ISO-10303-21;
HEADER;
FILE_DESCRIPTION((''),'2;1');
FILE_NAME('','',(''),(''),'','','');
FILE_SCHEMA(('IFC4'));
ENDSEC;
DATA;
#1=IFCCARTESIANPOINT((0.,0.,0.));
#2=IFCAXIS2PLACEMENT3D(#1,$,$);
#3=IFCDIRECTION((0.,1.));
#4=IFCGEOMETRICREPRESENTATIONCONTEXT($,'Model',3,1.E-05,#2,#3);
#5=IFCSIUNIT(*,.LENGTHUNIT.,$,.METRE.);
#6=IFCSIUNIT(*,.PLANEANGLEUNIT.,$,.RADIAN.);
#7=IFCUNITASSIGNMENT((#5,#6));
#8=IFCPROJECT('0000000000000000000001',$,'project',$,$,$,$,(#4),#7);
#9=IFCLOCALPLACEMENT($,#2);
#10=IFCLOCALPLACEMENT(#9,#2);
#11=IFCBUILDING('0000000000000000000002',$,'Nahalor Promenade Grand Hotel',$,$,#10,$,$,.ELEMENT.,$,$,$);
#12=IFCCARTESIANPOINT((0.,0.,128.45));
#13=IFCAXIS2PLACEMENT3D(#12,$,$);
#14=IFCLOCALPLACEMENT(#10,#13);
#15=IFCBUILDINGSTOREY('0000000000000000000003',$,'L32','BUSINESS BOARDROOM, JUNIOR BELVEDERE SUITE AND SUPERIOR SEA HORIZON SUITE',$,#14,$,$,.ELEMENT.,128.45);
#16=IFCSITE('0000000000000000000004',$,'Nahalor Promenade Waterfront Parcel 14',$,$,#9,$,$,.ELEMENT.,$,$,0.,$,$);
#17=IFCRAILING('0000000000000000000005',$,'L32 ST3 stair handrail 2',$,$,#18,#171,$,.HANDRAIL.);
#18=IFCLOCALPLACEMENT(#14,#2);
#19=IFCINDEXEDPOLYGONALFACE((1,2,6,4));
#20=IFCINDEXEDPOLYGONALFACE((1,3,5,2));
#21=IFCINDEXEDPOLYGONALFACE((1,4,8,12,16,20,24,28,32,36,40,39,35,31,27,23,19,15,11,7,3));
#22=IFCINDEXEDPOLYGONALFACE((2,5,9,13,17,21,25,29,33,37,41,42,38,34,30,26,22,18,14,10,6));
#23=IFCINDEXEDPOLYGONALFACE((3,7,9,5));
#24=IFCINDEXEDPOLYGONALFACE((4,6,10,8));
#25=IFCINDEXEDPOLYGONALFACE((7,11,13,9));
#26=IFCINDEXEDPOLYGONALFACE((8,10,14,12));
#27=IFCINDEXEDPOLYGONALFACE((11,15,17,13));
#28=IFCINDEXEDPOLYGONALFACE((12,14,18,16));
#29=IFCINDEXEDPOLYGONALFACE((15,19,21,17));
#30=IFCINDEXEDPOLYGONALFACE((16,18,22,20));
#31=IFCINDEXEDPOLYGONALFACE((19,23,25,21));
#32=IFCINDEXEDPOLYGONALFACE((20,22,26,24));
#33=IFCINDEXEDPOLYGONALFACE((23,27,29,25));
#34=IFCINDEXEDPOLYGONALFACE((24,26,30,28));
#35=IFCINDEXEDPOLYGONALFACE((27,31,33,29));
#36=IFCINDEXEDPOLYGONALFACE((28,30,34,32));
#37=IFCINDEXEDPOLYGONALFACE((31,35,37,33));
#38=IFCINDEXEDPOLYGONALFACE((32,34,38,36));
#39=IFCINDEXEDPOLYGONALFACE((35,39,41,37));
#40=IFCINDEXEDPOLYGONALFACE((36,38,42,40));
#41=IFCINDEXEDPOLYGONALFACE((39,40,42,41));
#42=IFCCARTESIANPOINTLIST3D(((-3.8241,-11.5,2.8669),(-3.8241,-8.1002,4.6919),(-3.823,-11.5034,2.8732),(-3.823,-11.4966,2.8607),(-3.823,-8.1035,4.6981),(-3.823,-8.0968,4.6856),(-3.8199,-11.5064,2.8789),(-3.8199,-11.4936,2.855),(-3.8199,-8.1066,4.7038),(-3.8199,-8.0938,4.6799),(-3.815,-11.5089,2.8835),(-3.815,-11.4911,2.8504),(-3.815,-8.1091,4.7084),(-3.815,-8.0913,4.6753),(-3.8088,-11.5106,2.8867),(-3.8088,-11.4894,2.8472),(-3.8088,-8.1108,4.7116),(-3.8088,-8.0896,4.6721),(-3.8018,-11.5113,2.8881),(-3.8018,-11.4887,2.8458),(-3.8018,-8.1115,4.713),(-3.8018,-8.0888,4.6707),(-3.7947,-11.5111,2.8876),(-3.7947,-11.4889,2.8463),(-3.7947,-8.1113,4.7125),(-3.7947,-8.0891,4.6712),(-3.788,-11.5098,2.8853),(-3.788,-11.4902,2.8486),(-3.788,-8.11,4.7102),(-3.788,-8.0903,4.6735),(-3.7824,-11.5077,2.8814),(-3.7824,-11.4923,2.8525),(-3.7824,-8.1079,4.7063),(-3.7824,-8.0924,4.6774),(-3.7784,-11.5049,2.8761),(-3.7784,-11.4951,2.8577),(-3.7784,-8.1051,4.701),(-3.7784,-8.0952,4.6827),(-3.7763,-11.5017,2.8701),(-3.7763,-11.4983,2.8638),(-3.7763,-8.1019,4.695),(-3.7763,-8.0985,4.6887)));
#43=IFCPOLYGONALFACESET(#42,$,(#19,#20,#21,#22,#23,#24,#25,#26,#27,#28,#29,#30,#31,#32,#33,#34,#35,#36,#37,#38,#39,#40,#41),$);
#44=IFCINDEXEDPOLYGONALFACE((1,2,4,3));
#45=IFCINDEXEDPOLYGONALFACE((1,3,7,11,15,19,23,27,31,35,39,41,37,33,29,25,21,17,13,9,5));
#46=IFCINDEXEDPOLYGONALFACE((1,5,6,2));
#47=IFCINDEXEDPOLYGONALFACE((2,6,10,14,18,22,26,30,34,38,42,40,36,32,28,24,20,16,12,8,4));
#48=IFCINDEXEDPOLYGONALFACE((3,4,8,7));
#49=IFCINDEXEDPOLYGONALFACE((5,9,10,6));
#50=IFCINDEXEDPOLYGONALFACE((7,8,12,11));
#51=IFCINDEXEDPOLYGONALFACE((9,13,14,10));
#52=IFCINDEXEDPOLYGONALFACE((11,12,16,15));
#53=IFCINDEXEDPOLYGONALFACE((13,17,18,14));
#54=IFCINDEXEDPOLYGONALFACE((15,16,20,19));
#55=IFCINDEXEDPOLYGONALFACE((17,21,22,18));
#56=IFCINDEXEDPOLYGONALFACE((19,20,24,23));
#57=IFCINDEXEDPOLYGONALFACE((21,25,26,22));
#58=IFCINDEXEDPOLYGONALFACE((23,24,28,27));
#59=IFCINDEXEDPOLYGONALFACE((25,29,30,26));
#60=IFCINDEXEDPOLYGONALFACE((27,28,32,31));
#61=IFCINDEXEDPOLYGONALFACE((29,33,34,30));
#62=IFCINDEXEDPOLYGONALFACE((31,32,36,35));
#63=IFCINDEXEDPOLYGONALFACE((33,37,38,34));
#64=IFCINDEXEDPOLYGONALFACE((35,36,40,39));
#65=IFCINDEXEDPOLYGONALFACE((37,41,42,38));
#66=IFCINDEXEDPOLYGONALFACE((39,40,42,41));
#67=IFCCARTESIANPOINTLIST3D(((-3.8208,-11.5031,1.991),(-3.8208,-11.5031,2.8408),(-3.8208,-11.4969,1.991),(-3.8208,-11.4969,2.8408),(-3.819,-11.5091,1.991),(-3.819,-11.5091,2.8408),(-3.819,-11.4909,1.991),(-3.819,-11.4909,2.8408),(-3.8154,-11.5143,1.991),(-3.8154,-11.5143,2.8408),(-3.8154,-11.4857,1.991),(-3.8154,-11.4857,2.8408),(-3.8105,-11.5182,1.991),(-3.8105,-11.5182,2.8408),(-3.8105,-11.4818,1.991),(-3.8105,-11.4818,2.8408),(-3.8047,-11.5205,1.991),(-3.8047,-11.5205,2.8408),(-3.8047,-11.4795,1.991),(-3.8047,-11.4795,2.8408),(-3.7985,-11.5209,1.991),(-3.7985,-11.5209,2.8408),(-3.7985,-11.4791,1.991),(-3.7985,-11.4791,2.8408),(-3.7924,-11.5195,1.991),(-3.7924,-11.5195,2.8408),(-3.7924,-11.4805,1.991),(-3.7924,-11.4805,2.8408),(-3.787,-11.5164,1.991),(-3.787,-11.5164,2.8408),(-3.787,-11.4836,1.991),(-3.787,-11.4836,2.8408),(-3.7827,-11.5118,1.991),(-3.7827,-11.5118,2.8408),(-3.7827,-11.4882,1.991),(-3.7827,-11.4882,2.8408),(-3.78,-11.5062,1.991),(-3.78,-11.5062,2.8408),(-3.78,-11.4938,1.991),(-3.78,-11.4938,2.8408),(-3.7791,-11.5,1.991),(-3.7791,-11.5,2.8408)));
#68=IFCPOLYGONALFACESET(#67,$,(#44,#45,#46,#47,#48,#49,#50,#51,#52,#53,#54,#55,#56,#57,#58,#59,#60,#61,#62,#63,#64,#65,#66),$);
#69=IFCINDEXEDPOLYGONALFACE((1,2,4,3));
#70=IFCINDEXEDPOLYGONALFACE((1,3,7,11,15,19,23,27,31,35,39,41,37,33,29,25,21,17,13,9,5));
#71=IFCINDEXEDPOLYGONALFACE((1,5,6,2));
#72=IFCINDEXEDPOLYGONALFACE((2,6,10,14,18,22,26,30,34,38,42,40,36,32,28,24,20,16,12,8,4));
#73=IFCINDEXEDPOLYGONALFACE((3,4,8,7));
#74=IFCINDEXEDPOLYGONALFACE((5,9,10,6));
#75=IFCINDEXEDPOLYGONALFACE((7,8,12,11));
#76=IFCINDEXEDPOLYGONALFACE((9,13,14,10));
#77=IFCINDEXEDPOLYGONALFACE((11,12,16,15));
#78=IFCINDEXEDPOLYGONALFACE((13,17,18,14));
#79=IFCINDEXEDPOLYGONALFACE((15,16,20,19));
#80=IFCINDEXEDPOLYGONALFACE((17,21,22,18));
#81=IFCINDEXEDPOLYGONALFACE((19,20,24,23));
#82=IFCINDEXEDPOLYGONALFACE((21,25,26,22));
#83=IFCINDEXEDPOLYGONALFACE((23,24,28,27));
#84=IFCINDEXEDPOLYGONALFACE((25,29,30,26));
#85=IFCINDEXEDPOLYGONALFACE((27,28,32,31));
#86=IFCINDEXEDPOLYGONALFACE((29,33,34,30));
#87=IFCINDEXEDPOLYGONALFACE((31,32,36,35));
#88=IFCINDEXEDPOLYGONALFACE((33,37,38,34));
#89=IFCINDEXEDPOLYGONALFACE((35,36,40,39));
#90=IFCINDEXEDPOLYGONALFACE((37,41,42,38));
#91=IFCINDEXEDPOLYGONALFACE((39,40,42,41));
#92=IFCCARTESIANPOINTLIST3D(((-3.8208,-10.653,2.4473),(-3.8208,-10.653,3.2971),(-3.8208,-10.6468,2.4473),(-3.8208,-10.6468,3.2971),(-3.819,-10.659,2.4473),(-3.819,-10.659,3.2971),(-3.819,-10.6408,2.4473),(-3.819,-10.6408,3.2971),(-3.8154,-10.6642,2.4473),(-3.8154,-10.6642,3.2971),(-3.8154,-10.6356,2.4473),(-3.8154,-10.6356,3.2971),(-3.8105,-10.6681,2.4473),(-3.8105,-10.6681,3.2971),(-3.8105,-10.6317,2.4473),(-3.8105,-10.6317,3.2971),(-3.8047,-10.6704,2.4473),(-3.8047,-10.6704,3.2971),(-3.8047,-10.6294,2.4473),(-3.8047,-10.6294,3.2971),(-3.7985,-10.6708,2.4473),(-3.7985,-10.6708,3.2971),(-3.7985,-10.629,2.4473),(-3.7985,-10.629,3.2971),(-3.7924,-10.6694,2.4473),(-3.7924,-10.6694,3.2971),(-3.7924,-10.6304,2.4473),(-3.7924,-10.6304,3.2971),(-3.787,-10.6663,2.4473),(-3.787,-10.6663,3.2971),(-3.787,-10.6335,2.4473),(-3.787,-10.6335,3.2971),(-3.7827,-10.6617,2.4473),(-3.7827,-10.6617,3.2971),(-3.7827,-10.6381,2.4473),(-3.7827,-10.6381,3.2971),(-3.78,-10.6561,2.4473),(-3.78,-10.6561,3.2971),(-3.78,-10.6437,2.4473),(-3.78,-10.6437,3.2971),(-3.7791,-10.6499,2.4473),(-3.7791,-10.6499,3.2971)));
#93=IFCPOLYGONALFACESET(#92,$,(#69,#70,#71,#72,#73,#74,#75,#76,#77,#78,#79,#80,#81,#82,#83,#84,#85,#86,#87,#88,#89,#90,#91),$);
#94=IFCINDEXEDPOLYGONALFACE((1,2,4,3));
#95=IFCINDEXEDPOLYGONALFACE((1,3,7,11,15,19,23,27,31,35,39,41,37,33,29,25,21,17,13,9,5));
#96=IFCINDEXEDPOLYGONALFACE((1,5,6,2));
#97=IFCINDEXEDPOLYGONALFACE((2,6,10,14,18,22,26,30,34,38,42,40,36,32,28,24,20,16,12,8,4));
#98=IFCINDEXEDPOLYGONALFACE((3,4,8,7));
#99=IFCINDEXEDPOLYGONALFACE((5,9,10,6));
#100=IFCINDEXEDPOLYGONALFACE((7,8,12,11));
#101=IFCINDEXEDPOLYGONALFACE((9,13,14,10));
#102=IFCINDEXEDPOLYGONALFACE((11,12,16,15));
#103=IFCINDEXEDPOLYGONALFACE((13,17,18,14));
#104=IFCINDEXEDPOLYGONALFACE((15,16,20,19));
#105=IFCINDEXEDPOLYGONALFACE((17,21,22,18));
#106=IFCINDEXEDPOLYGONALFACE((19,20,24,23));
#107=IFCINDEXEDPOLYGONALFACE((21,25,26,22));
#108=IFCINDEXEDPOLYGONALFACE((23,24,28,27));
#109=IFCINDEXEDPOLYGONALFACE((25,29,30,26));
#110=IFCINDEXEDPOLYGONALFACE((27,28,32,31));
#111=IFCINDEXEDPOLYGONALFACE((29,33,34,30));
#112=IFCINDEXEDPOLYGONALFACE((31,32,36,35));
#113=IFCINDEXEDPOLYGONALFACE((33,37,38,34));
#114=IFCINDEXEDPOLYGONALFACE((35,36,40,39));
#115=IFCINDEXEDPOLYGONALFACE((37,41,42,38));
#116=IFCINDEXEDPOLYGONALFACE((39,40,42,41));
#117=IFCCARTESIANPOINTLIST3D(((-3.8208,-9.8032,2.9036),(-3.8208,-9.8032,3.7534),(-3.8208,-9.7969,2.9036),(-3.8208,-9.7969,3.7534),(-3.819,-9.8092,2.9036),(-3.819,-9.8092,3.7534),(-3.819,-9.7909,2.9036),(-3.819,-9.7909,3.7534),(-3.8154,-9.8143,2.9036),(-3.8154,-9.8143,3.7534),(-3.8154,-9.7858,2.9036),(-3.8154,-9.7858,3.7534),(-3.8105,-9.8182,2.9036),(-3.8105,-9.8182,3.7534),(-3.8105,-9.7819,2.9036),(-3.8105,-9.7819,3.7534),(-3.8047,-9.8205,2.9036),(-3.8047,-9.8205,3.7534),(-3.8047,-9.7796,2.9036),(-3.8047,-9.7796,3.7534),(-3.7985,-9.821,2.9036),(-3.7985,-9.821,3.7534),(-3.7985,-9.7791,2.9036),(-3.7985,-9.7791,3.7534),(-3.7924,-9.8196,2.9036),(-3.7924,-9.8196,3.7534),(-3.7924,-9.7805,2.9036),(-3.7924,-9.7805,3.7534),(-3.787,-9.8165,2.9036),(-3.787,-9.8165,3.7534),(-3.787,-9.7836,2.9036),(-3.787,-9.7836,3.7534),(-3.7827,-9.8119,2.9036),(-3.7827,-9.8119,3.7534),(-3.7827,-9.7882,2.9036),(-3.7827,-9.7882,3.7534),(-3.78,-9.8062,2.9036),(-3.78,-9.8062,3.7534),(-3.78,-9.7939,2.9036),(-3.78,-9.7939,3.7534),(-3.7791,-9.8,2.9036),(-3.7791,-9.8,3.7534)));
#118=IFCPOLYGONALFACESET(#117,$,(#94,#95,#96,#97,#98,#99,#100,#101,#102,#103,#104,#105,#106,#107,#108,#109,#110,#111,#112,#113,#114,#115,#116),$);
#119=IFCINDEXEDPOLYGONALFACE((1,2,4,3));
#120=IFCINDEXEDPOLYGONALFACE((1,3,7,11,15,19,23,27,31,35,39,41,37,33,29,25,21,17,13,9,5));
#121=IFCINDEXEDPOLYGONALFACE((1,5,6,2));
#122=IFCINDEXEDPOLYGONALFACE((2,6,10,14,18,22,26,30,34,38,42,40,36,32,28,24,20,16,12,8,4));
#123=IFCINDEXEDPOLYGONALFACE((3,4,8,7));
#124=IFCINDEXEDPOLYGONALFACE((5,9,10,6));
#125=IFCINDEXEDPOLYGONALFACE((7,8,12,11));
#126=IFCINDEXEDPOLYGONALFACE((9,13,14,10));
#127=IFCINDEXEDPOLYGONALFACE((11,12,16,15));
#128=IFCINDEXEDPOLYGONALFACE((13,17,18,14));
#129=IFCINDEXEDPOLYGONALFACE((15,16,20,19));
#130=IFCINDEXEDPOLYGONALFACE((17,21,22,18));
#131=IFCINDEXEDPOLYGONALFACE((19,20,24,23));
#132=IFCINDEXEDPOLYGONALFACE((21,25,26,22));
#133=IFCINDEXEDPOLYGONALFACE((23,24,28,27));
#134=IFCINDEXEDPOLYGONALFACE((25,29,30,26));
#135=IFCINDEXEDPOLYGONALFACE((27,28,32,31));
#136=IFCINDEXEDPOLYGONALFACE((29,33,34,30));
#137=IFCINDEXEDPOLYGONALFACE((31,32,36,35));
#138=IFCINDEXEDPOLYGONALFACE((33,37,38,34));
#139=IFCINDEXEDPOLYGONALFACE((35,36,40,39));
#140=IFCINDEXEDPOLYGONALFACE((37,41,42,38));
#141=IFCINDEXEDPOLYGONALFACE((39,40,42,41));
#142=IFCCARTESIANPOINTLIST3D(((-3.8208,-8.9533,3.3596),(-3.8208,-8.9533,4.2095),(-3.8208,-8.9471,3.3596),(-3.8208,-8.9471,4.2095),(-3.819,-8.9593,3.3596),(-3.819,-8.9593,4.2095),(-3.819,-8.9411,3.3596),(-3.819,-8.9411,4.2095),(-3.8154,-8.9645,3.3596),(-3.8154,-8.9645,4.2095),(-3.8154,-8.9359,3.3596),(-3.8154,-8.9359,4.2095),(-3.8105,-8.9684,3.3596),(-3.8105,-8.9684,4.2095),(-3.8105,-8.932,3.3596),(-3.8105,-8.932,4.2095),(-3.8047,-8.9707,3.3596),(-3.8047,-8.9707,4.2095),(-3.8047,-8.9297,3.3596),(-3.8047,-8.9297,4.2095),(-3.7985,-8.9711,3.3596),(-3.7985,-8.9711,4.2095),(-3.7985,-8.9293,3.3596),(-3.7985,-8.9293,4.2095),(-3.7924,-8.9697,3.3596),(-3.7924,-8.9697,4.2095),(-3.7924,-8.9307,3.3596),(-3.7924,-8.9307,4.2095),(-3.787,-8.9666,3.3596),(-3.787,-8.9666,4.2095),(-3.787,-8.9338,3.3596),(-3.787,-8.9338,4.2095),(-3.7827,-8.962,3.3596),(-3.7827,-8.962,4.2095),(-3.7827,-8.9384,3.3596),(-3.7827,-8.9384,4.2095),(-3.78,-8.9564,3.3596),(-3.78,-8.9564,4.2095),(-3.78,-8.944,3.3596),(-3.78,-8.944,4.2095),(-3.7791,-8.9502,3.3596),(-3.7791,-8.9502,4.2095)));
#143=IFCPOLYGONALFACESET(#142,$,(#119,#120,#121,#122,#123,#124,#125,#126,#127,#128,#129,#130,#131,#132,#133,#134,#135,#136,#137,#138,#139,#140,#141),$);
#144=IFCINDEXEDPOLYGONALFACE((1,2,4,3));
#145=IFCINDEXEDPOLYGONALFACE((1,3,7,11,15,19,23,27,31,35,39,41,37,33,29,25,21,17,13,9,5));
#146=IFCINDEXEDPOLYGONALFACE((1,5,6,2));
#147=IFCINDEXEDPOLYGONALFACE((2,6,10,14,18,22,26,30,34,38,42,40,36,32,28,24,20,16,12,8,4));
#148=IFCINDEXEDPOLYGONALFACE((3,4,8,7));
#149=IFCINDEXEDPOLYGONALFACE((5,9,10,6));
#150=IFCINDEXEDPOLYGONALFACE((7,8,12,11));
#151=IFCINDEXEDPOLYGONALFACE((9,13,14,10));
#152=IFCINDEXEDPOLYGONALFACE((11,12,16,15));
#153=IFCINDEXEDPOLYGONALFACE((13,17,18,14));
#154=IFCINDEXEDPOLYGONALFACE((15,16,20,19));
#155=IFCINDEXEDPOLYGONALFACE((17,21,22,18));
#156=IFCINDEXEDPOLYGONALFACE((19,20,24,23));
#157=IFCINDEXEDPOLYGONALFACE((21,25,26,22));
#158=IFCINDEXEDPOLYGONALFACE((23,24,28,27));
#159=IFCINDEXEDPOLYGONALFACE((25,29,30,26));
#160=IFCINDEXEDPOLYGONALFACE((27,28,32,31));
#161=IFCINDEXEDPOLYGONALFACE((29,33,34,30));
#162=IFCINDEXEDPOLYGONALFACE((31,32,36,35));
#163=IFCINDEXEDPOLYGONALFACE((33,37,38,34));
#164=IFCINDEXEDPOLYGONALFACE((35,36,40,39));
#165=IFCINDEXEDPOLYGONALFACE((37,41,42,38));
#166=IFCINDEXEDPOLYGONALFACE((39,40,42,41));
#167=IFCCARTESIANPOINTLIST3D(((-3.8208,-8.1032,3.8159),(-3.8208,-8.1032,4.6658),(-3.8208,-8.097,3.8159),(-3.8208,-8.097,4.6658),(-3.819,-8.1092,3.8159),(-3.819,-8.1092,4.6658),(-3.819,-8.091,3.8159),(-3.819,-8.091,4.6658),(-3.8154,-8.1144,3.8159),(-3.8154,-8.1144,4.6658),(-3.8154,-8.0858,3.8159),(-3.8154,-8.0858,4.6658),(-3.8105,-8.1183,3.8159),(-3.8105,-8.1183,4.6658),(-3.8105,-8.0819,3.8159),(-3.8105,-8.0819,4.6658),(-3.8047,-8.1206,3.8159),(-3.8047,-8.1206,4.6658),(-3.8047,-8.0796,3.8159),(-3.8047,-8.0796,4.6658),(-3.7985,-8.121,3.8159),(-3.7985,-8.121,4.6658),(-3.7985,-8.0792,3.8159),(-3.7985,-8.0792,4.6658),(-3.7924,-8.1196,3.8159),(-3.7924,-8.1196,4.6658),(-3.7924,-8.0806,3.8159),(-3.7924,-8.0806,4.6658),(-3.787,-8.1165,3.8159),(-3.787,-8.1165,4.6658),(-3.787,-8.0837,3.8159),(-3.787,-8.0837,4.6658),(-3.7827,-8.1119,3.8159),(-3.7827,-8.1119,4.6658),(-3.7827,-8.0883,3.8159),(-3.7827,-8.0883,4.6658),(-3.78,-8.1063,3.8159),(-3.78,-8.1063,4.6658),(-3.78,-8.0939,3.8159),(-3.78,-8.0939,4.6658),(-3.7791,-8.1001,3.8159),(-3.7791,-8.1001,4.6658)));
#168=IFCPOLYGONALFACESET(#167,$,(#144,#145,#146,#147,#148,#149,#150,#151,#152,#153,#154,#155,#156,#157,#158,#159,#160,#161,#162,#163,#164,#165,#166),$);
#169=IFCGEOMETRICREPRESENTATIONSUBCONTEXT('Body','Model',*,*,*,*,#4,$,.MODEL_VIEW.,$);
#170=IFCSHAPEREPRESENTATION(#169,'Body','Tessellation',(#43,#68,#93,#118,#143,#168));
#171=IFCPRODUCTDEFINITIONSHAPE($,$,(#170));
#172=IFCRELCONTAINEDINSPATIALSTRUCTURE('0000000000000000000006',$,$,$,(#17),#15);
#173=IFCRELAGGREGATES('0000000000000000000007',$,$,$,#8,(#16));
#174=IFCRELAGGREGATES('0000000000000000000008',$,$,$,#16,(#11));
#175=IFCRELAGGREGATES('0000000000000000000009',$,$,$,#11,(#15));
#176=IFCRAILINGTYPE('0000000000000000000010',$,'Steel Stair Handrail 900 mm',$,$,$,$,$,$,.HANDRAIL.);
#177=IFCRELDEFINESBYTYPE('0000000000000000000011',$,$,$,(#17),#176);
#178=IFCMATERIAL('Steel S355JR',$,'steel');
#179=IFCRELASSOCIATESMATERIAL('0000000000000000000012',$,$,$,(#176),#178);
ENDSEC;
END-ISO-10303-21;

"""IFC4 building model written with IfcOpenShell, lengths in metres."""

from ifc_helpers import new_model, si_unit, direction, frame, origin, origin_2d, place, context, subcontext, project, spatial, circle, extrude, material, type_object, element, save


model = new_model("IFC4")

# Units and contexts
model_context = context("Model", 3, precision=1e-05, world=origin(), true_north=direction((0.0, 1.0)))
body_context = subcontext(model_context, "Body", "Model", "MODEL_VIEW")
ifc_project = project(units=[si_unit("LENGTHUNIT", "METRE"), si_unit("PLANEANGLEUNIT", "RADIAN")], contexts=[model_context])

# Site, building, storey
site_placement = place(None, origin())
site = spatial("IfcSite", under=ifc_project, at=site_placement, Name="Nahalor Promenade Waterfront Parcel 14", CompositionType="ELEMENT", RefElevation=0.0)
building_placement = place(site_placement, origin())
building = spatial("IfcBuilding", under=site, at=building_placement, Name="Nahalor Promenade Grand Hotel", CompositionType="ELEMENT")
storey_placement = place(building_placement, frame((0.0, 0.0, 128.45)))
storey = spatial("IfcBuildingStorey", under=building, at=storey_placement, Name="L32", Description="BUSINESS BOARDROOM, JUNIOR BELVEDERE SUITE AND SUPERIOR SEA HORIZON SUITE", CompositionType="ELEMENT", Elevation=128.45)

# Shared definitions
ifc_material_1 = material(Name="Steel S355JR", Category="steel")

# Railing
railing_type_1 = type_object("IfcRailingType", Name="Steel Stair Handrail 900 mm", PredefinedType="HANDRAIL", material=ifc_material_1)
railing_1_placement = place(storey_placement, frame((-3.8, -11.5, 1.991)))
element("IfcRailing", 1, at=railing_1_placement, inside=storey, type_object=railing_type_1, Name="L32 ST3 stair handrail 2", PredefinedType="HANDRAIL", context=body_context, shape_type="SweptSolid", body=[
    extrude(circle(Radius=0.024, at=origin_2d()), frame((0.0, 0.0, 0.876), z_axis=(0.0, 0.881094, 0.472941), x_axis=(-1.0, 0.0, 0.0)), (0.0, 0.0, 1.0), 3.8586),
    extrude(circle(Radius=0.021, at=origin_2d()), origin(), (0.0, 0.0, 1.0), 0.8499),
    extrude(circle(Radius=0.021, at=origin_2d()), frame((0.0, 0.8501, 0.4563)), (0.0, 0.0, 1.0), 0.8499),
    extrude(circle(Radius=0.021, at=origin_2d()), frame((0.0, 1.7, 0.9126)), (0.0, 0.0, 1.0), 0.8499),
    extrude(circle(Radius=0.021, at=origin_2d()), frame((0.0, 2.5498, 1.3687)), (0.0, 0.0, 1.0), 0.8499),
    extrude(circle(Radius=0.021, at=origin_2d()), frame((0.0, 3.3999, 1.825)), (0.0, 0.0, 1.0), 0.8499),
])

save(model, "model.ifc")
